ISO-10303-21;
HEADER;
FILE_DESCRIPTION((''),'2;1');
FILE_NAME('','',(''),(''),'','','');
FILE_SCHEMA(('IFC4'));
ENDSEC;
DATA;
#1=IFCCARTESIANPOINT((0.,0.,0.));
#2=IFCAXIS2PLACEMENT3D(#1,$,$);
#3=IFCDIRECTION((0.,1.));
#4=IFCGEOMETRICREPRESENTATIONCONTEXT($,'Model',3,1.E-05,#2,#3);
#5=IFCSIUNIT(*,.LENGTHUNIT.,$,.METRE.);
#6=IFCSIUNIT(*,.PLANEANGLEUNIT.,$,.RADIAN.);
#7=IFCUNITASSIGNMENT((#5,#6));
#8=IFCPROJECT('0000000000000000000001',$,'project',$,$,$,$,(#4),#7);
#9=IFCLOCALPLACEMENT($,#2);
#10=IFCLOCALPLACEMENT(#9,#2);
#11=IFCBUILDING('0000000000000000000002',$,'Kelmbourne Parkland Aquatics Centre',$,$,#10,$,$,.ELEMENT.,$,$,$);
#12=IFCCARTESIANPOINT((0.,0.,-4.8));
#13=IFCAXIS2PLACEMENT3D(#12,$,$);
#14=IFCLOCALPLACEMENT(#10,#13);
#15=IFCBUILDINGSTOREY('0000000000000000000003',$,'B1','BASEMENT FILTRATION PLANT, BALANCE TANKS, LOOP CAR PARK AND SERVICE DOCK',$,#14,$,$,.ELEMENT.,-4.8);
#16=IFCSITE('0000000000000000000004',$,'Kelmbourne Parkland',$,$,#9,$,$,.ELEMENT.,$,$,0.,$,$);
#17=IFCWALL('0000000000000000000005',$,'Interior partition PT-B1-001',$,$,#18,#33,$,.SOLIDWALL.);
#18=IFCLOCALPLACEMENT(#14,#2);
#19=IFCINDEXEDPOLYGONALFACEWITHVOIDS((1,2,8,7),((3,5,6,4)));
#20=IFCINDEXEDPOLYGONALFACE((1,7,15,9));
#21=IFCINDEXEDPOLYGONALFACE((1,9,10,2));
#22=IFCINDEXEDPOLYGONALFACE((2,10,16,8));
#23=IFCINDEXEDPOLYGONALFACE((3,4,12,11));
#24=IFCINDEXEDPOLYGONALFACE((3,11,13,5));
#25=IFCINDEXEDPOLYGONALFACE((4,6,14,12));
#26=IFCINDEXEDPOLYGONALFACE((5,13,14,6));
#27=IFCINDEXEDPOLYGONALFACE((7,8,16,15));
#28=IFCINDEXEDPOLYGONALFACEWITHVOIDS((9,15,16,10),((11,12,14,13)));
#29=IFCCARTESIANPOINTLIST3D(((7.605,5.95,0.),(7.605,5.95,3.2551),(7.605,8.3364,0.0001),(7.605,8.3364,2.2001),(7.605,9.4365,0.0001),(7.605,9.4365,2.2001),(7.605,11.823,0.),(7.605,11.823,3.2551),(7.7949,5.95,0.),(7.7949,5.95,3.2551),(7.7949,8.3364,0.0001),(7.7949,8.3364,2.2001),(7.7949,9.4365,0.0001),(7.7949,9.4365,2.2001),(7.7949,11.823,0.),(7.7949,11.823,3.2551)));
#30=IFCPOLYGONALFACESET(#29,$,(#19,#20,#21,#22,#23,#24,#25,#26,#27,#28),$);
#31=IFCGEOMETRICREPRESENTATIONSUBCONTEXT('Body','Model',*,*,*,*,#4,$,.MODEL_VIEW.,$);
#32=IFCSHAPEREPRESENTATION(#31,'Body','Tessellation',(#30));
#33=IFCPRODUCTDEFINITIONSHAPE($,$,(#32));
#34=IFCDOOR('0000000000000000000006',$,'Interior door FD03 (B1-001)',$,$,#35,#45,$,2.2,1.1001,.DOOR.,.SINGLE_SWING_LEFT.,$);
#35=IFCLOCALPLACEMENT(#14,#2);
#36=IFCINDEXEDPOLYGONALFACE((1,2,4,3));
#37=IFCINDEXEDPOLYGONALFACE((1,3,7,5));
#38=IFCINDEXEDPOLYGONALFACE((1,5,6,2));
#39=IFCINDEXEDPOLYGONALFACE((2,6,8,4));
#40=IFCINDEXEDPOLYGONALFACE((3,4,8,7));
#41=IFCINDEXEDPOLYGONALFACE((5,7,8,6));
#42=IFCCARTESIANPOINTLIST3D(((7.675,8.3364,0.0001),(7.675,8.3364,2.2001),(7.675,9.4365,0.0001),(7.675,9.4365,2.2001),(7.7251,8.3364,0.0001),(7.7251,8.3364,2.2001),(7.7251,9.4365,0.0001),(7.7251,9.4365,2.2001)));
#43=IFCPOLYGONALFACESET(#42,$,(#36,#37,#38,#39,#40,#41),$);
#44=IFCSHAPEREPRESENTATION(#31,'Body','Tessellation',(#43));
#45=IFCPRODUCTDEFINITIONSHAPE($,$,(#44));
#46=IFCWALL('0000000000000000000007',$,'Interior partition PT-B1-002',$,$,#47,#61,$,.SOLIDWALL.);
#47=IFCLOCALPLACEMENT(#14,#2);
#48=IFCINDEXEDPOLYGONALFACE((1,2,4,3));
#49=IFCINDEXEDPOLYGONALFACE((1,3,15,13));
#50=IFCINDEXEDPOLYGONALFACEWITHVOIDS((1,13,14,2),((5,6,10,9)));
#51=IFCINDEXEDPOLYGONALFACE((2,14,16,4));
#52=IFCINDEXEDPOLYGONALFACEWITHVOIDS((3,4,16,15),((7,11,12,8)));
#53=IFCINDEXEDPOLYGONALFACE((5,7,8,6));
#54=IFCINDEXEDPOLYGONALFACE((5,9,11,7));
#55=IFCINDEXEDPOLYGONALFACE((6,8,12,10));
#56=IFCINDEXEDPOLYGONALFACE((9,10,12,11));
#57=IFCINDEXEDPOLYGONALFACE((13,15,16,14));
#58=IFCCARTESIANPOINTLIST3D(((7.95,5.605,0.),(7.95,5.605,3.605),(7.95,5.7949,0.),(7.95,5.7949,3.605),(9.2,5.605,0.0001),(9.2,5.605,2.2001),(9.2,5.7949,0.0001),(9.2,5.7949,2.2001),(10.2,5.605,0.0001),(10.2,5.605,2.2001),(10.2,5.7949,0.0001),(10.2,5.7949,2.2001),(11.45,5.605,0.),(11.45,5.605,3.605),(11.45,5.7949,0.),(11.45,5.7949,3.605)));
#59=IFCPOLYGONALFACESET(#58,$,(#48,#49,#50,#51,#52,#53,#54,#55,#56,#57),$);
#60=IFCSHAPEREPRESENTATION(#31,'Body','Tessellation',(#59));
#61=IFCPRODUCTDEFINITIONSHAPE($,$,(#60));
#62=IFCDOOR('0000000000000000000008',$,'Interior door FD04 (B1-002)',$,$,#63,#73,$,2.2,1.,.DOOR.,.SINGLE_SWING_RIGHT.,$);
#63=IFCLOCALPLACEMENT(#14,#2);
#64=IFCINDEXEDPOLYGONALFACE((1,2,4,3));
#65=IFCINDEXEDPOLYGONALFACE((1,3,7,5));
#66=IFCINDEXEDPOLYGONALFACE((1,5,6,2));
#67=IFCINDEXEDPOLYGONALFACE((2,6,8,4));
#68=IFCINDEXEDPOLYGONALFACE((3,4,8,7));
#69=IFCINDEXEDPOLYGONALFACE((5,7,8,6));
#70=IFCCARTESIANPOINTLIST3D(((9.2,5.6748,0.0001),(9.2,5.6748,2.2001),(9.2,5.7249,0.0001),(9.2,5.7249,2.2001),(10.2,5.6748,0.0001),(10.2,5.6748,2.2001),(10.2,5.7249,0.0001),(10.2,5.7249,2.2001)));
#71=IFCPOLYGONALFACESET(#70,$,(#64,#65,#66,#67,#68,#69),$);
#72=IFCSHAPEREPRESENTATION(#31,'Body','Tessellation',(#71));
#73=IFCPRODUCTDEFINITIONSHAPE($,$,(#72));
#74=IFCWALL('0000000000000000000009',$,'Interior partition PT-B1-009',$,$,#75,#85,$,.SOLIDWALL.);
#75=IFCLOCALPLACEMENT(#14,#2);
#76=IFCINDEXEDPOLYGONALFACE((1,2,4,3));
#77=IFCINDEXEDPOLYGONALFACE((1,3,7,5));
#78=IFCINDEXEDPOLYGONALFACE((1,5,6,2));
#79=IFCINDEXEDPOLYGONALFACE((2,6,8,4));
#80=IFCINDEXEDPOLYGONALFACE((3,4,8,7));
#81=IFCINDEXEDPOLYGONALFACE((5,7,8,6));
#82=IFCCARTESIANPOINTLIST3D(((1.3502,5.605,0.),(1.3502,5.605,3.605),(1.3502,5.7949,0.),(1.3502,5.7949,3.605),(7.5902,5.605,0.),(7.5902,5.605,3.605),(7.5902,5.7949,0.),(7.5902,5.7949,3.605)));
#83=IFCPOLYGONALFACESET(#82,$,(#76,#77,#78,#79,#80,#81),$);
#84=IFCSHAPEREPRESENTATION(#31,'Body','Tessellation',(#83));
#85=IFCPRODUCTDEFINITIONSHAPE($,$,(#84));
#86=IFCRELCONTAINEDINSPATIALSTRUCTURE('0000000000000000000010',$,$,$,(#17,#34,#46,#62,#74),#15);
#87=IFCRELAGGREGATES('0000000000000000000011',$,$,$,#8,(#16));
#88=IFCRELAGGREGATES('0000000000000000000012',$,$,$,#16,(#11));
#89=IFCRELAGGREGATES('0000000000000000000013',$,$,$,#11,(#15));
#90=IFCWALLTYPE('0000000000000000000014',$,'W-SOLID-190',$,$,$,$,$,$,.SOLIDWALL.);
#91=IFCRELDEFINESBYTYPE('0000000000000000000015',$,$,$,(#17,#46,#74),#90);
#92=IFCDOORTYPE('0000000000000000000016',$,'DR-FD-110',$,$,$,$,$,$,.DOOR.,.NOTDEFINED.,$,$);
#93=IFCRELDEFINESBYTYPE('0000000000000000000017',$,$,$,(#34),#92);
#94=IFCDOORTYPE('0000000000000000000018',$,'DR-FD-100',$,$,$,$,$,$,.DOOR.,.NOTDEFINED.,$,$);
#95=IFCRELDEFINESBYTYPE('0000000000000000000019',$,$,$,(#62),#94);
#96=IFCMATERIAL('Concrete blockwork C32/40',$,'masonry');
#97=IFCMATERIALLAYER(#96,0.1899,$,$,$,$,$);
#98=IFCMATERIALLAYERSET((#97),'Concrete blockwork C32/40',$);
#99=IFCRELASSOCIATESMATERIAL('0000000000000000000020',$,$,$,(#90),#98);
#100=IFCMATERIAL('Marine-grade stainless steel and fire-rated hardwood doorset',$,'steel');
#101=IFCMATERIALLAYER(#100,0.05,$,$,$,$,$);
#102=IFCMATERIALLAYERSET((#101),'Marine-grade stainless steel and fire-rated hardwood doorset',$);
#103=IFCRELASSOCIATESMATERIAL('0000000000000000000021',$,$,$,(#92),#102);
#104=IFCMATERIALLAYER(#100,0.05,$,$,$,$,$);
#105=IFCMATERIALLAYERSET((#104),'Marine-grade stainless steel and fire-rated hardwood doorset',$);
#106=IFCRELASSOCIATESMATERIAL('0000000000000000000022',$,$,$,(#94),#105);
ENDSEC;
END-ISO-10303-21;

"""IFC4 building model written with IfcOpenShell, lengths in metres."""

from ifc_helpers import new_model, si_unit, direction, frame, frame_2d, origin, place, context, subcontext, project, spatial, rectangle, extrude, material, layer, layer_set, type_object, element, fill, save


model = new_model("IFC4")

# Units and contexts
model_context = context("Model", 3, precision=1e-05, world=origin(), true_north=direction((0.0, 1.0)))
body_context = subcontext(model_context, "Body", "Model", "MODEL_VIEW")
ifc_project = project(units=[si_unit("LENGTHUNIT", "METRE"), si_unit("PLANEANGLEUNIT", "RADIAN")], contexts=[model_context])

# Site, building, storey
site_placement = place(None, origin())
site = spatial("IfcSite", under=ifc_project, at=site_placement, Name="Kelmbourne Parkland", CompositionType="ELEMENT", RefElevation=0.0)
building_placement = place(site_placement, origin())
building = spatial("IfcBuilding", under=site, at=building_placement, Name="Kelmbourne Parkland Aquatics Centre", CompositionType="ELEMENT")
storey_placement = place(building_placement, frame((0.0, 0.0, -4.8)))
storey = spatial("IfcBuildingStorey", under=building, at=storey_placement, Name="B1", Description="BASEMENT FILTRATION PLANT, BALANCE TANKS, LOOP CAR PARK AND SERVICE DOCK", CompositionType="ELEMENT", Elevation=-4.8)

# Shared definitions
ifc_material_1 = material(Name="Concrete blockwork C32/40", Category="masonry")

# Walls, openings, doors
ifc_layer_1 = layer(ifc_material_1, 0.1899)
ifc_layer_set_1 = layer_set([ifc_layer_1], Name="Concrete blockwork C32/40")
wall_type_1 = type_object("IfcWallType", Name="W-SOLID-190", PredefinedType="SOLIDWALL", material=ifc_layer_set_1)
wall_1_placement = place(storey_placement, frame((7.7, 5.95, 0.0), z_axis=(0.0, 0.0, 1.0), x_axis=(0.0, 1.0, 0.0)))
wall_1 = element("IfcWall", 1, at=wall_1_placement, inside=storey, type_object=wall_type_1, Name="Interior partition PT-B1-001", PredefinedType="SOLIDWALL", context=body_context, shape_type="SweptSolid", body=[
    extrude(rectangle(XDim=5.873, YDim=0.1899, at=frame_2d((2.9365, 0.0))), origin(), (0.0, 0.0, 1.0), 3.2551),
])
opening_1_placement = place(wall_1_placement, frame((2.3865, 0.0, 0.0)))
opening_1 = element("IfcOpeningElement", 2, at=opening_1_placement, cuts=wall_1, PredefinedType="OPENING", context=body_context, shape_type="SweptSolid", body=[
    extrude(rectangle(XDim=1.1001, YDim=2.2, at=frame_2d((0.55, 1.1001))), frame((0.0, 0.1069, 0.0), z_axis=(0.0, -1.0, 0.0), x_axis=(1.0, 0.0, 0.0)), (0.0, 0.0, 1.0), 0.2139),
])
ifc_material_2 = material(Name="Marine-grade stainless steel and fire-rated hardwood doorset", Category="steel")
ifc_layer_2 = layer(ifc_material_2, 0.05)
ifc_layer_set_2 = layer_set([ifc_layer_2], Name="Marine-grade stainless steel and fire-rated hardwood doorset")
door_type_1 = type_object("IfcDoorType", Name="DR-FD-110", OperationType="NOTDEFINED", PredefinedType="DOOR", material=ifc_layer_set_2)
door_1_placement = place(opening_1_placement, origin())
door_1 = element("IfcDoor", 3, at=door_1_placement, inside=storey, type_object=door_type_1, Name="Interior door FD03 (B1-001)", OperationType="SINGLE_SWING_LEFT", OverallHeight=2.2, OverallWidth=1.1001, PredefinedType="DOOR", context=body_context, shape_type="SweptSolid", body=[
    extrude(rectangle(XDim=1.1001, YDim=2.2, at=frame_2d((0.55, 1.1001))), frame((0.0, 0.0249, 0.0), z_axis=(0.0, -1.0, 0.0), x_axis=(1.0, 0.0, 0.0)), (0.0, 0.0, 1.0), 0.05),
])
fill(opening_1, door_1)
wall_2_placement = place(storey_placement, frame((7.95, 5.7, 0.0), z_axis=(0.0, 0.0, 1.0), x_axis=(1.0, 0.0, 0.0)))
wall_2 = element("IfcWall", 4, at=wall_2_placement, inside=storey, type_object=wall_type_1, Name="Interior partition PT-B1-002", PredefinedType="SOLIDWALL", context=body_context, shape_type="SweptSolid", body=[
    extrude(rectangle(XDim=3.5, YDim=0.1899, at=frame_2d((1.75, 0.0))), origin(), (0.0, 0.0, 1.0), 3.605),
])
opening_2_placement = place(wall_2_placement, frame((1.25, 0.0, 0.0)))
opening_2 = element("IfcOpeningElement", 5, at=opening_2_placement, cuts=wall_2, PredefinedType="OPENING", context=body_context, shape_type="SweptSolid", body=[
    extrude(rectangle(XDim=1.0, YDim=2.2, at=frame_2d((0.5, 1.1001))), frame((0.0, 0.1069, 0.0), z_axis=(0.0, -1.0, 0.0), x_axis=(1.0, 0.0, 0.0)), (0.0, 0.0, 1.0), 0.2139),
])
ifc_layer_3 = layer(ifc_material_2, 0.05)
ifc_layer_set_3 = layer_set([ifc_layer_3], Name="Marine-grade stainless steel and fire-rated hardwood doorset")
door_type_2 = type_object("IfcDoorType", Name="DR-FD-100", OperationType="NOTDEFINED", PredefinedType="DOOR", material=ifc_layer_set_3)
door_2_placement = place(opening_2_placement, origin())
door_2 = element("IfcDoor", 6, at=door_2_placement, inside=storey, type_object=door_type_2, Name="Interior door FD04 (B1-002)", OperationType="SINGLE_SWING_RIGHT", OverallHeight=2.2, OverallWidth=1.0, PredefinedType="DOOR", context=body_context, shape_type="SweptSolid", body=[
    extrude(rectangle(XDim=1.0, YDim=2.2, at=frame_2d((0.5, 1.1001))), frame((0.0, 0.0249, 0.0), z_axis=(0.0, -1.0, 0.0), x_axis=(1.0, 0.0, 0.0)), (0.0, 0.0, 1.0), 0.05),
])
fill(opening_2, door_2)

# Wall
wall_3_placement = place(storey_placement, frame((1.3501, 5.7, 0.0), z_axis=(0.0, 0.0, 1.0), x_axis=(1.0, 0.0, 0.0)))
element("IfcWall", 7, at=wall_3_placement, inside=storey, type_object=wall_type_1, Name="Interior partition PT-B1-009", PredefinedType="SOLIDWALL", context=body_context, shape_type="SweptSolid", body=[
    extrude(rectangle(XDim=6.24, YDim=0.1899, at=frame_2d((3.1201, 0.0))), origin(), (0.0, 0.0, 1.0), 3.605),
])

save(model, "model.ifc")
